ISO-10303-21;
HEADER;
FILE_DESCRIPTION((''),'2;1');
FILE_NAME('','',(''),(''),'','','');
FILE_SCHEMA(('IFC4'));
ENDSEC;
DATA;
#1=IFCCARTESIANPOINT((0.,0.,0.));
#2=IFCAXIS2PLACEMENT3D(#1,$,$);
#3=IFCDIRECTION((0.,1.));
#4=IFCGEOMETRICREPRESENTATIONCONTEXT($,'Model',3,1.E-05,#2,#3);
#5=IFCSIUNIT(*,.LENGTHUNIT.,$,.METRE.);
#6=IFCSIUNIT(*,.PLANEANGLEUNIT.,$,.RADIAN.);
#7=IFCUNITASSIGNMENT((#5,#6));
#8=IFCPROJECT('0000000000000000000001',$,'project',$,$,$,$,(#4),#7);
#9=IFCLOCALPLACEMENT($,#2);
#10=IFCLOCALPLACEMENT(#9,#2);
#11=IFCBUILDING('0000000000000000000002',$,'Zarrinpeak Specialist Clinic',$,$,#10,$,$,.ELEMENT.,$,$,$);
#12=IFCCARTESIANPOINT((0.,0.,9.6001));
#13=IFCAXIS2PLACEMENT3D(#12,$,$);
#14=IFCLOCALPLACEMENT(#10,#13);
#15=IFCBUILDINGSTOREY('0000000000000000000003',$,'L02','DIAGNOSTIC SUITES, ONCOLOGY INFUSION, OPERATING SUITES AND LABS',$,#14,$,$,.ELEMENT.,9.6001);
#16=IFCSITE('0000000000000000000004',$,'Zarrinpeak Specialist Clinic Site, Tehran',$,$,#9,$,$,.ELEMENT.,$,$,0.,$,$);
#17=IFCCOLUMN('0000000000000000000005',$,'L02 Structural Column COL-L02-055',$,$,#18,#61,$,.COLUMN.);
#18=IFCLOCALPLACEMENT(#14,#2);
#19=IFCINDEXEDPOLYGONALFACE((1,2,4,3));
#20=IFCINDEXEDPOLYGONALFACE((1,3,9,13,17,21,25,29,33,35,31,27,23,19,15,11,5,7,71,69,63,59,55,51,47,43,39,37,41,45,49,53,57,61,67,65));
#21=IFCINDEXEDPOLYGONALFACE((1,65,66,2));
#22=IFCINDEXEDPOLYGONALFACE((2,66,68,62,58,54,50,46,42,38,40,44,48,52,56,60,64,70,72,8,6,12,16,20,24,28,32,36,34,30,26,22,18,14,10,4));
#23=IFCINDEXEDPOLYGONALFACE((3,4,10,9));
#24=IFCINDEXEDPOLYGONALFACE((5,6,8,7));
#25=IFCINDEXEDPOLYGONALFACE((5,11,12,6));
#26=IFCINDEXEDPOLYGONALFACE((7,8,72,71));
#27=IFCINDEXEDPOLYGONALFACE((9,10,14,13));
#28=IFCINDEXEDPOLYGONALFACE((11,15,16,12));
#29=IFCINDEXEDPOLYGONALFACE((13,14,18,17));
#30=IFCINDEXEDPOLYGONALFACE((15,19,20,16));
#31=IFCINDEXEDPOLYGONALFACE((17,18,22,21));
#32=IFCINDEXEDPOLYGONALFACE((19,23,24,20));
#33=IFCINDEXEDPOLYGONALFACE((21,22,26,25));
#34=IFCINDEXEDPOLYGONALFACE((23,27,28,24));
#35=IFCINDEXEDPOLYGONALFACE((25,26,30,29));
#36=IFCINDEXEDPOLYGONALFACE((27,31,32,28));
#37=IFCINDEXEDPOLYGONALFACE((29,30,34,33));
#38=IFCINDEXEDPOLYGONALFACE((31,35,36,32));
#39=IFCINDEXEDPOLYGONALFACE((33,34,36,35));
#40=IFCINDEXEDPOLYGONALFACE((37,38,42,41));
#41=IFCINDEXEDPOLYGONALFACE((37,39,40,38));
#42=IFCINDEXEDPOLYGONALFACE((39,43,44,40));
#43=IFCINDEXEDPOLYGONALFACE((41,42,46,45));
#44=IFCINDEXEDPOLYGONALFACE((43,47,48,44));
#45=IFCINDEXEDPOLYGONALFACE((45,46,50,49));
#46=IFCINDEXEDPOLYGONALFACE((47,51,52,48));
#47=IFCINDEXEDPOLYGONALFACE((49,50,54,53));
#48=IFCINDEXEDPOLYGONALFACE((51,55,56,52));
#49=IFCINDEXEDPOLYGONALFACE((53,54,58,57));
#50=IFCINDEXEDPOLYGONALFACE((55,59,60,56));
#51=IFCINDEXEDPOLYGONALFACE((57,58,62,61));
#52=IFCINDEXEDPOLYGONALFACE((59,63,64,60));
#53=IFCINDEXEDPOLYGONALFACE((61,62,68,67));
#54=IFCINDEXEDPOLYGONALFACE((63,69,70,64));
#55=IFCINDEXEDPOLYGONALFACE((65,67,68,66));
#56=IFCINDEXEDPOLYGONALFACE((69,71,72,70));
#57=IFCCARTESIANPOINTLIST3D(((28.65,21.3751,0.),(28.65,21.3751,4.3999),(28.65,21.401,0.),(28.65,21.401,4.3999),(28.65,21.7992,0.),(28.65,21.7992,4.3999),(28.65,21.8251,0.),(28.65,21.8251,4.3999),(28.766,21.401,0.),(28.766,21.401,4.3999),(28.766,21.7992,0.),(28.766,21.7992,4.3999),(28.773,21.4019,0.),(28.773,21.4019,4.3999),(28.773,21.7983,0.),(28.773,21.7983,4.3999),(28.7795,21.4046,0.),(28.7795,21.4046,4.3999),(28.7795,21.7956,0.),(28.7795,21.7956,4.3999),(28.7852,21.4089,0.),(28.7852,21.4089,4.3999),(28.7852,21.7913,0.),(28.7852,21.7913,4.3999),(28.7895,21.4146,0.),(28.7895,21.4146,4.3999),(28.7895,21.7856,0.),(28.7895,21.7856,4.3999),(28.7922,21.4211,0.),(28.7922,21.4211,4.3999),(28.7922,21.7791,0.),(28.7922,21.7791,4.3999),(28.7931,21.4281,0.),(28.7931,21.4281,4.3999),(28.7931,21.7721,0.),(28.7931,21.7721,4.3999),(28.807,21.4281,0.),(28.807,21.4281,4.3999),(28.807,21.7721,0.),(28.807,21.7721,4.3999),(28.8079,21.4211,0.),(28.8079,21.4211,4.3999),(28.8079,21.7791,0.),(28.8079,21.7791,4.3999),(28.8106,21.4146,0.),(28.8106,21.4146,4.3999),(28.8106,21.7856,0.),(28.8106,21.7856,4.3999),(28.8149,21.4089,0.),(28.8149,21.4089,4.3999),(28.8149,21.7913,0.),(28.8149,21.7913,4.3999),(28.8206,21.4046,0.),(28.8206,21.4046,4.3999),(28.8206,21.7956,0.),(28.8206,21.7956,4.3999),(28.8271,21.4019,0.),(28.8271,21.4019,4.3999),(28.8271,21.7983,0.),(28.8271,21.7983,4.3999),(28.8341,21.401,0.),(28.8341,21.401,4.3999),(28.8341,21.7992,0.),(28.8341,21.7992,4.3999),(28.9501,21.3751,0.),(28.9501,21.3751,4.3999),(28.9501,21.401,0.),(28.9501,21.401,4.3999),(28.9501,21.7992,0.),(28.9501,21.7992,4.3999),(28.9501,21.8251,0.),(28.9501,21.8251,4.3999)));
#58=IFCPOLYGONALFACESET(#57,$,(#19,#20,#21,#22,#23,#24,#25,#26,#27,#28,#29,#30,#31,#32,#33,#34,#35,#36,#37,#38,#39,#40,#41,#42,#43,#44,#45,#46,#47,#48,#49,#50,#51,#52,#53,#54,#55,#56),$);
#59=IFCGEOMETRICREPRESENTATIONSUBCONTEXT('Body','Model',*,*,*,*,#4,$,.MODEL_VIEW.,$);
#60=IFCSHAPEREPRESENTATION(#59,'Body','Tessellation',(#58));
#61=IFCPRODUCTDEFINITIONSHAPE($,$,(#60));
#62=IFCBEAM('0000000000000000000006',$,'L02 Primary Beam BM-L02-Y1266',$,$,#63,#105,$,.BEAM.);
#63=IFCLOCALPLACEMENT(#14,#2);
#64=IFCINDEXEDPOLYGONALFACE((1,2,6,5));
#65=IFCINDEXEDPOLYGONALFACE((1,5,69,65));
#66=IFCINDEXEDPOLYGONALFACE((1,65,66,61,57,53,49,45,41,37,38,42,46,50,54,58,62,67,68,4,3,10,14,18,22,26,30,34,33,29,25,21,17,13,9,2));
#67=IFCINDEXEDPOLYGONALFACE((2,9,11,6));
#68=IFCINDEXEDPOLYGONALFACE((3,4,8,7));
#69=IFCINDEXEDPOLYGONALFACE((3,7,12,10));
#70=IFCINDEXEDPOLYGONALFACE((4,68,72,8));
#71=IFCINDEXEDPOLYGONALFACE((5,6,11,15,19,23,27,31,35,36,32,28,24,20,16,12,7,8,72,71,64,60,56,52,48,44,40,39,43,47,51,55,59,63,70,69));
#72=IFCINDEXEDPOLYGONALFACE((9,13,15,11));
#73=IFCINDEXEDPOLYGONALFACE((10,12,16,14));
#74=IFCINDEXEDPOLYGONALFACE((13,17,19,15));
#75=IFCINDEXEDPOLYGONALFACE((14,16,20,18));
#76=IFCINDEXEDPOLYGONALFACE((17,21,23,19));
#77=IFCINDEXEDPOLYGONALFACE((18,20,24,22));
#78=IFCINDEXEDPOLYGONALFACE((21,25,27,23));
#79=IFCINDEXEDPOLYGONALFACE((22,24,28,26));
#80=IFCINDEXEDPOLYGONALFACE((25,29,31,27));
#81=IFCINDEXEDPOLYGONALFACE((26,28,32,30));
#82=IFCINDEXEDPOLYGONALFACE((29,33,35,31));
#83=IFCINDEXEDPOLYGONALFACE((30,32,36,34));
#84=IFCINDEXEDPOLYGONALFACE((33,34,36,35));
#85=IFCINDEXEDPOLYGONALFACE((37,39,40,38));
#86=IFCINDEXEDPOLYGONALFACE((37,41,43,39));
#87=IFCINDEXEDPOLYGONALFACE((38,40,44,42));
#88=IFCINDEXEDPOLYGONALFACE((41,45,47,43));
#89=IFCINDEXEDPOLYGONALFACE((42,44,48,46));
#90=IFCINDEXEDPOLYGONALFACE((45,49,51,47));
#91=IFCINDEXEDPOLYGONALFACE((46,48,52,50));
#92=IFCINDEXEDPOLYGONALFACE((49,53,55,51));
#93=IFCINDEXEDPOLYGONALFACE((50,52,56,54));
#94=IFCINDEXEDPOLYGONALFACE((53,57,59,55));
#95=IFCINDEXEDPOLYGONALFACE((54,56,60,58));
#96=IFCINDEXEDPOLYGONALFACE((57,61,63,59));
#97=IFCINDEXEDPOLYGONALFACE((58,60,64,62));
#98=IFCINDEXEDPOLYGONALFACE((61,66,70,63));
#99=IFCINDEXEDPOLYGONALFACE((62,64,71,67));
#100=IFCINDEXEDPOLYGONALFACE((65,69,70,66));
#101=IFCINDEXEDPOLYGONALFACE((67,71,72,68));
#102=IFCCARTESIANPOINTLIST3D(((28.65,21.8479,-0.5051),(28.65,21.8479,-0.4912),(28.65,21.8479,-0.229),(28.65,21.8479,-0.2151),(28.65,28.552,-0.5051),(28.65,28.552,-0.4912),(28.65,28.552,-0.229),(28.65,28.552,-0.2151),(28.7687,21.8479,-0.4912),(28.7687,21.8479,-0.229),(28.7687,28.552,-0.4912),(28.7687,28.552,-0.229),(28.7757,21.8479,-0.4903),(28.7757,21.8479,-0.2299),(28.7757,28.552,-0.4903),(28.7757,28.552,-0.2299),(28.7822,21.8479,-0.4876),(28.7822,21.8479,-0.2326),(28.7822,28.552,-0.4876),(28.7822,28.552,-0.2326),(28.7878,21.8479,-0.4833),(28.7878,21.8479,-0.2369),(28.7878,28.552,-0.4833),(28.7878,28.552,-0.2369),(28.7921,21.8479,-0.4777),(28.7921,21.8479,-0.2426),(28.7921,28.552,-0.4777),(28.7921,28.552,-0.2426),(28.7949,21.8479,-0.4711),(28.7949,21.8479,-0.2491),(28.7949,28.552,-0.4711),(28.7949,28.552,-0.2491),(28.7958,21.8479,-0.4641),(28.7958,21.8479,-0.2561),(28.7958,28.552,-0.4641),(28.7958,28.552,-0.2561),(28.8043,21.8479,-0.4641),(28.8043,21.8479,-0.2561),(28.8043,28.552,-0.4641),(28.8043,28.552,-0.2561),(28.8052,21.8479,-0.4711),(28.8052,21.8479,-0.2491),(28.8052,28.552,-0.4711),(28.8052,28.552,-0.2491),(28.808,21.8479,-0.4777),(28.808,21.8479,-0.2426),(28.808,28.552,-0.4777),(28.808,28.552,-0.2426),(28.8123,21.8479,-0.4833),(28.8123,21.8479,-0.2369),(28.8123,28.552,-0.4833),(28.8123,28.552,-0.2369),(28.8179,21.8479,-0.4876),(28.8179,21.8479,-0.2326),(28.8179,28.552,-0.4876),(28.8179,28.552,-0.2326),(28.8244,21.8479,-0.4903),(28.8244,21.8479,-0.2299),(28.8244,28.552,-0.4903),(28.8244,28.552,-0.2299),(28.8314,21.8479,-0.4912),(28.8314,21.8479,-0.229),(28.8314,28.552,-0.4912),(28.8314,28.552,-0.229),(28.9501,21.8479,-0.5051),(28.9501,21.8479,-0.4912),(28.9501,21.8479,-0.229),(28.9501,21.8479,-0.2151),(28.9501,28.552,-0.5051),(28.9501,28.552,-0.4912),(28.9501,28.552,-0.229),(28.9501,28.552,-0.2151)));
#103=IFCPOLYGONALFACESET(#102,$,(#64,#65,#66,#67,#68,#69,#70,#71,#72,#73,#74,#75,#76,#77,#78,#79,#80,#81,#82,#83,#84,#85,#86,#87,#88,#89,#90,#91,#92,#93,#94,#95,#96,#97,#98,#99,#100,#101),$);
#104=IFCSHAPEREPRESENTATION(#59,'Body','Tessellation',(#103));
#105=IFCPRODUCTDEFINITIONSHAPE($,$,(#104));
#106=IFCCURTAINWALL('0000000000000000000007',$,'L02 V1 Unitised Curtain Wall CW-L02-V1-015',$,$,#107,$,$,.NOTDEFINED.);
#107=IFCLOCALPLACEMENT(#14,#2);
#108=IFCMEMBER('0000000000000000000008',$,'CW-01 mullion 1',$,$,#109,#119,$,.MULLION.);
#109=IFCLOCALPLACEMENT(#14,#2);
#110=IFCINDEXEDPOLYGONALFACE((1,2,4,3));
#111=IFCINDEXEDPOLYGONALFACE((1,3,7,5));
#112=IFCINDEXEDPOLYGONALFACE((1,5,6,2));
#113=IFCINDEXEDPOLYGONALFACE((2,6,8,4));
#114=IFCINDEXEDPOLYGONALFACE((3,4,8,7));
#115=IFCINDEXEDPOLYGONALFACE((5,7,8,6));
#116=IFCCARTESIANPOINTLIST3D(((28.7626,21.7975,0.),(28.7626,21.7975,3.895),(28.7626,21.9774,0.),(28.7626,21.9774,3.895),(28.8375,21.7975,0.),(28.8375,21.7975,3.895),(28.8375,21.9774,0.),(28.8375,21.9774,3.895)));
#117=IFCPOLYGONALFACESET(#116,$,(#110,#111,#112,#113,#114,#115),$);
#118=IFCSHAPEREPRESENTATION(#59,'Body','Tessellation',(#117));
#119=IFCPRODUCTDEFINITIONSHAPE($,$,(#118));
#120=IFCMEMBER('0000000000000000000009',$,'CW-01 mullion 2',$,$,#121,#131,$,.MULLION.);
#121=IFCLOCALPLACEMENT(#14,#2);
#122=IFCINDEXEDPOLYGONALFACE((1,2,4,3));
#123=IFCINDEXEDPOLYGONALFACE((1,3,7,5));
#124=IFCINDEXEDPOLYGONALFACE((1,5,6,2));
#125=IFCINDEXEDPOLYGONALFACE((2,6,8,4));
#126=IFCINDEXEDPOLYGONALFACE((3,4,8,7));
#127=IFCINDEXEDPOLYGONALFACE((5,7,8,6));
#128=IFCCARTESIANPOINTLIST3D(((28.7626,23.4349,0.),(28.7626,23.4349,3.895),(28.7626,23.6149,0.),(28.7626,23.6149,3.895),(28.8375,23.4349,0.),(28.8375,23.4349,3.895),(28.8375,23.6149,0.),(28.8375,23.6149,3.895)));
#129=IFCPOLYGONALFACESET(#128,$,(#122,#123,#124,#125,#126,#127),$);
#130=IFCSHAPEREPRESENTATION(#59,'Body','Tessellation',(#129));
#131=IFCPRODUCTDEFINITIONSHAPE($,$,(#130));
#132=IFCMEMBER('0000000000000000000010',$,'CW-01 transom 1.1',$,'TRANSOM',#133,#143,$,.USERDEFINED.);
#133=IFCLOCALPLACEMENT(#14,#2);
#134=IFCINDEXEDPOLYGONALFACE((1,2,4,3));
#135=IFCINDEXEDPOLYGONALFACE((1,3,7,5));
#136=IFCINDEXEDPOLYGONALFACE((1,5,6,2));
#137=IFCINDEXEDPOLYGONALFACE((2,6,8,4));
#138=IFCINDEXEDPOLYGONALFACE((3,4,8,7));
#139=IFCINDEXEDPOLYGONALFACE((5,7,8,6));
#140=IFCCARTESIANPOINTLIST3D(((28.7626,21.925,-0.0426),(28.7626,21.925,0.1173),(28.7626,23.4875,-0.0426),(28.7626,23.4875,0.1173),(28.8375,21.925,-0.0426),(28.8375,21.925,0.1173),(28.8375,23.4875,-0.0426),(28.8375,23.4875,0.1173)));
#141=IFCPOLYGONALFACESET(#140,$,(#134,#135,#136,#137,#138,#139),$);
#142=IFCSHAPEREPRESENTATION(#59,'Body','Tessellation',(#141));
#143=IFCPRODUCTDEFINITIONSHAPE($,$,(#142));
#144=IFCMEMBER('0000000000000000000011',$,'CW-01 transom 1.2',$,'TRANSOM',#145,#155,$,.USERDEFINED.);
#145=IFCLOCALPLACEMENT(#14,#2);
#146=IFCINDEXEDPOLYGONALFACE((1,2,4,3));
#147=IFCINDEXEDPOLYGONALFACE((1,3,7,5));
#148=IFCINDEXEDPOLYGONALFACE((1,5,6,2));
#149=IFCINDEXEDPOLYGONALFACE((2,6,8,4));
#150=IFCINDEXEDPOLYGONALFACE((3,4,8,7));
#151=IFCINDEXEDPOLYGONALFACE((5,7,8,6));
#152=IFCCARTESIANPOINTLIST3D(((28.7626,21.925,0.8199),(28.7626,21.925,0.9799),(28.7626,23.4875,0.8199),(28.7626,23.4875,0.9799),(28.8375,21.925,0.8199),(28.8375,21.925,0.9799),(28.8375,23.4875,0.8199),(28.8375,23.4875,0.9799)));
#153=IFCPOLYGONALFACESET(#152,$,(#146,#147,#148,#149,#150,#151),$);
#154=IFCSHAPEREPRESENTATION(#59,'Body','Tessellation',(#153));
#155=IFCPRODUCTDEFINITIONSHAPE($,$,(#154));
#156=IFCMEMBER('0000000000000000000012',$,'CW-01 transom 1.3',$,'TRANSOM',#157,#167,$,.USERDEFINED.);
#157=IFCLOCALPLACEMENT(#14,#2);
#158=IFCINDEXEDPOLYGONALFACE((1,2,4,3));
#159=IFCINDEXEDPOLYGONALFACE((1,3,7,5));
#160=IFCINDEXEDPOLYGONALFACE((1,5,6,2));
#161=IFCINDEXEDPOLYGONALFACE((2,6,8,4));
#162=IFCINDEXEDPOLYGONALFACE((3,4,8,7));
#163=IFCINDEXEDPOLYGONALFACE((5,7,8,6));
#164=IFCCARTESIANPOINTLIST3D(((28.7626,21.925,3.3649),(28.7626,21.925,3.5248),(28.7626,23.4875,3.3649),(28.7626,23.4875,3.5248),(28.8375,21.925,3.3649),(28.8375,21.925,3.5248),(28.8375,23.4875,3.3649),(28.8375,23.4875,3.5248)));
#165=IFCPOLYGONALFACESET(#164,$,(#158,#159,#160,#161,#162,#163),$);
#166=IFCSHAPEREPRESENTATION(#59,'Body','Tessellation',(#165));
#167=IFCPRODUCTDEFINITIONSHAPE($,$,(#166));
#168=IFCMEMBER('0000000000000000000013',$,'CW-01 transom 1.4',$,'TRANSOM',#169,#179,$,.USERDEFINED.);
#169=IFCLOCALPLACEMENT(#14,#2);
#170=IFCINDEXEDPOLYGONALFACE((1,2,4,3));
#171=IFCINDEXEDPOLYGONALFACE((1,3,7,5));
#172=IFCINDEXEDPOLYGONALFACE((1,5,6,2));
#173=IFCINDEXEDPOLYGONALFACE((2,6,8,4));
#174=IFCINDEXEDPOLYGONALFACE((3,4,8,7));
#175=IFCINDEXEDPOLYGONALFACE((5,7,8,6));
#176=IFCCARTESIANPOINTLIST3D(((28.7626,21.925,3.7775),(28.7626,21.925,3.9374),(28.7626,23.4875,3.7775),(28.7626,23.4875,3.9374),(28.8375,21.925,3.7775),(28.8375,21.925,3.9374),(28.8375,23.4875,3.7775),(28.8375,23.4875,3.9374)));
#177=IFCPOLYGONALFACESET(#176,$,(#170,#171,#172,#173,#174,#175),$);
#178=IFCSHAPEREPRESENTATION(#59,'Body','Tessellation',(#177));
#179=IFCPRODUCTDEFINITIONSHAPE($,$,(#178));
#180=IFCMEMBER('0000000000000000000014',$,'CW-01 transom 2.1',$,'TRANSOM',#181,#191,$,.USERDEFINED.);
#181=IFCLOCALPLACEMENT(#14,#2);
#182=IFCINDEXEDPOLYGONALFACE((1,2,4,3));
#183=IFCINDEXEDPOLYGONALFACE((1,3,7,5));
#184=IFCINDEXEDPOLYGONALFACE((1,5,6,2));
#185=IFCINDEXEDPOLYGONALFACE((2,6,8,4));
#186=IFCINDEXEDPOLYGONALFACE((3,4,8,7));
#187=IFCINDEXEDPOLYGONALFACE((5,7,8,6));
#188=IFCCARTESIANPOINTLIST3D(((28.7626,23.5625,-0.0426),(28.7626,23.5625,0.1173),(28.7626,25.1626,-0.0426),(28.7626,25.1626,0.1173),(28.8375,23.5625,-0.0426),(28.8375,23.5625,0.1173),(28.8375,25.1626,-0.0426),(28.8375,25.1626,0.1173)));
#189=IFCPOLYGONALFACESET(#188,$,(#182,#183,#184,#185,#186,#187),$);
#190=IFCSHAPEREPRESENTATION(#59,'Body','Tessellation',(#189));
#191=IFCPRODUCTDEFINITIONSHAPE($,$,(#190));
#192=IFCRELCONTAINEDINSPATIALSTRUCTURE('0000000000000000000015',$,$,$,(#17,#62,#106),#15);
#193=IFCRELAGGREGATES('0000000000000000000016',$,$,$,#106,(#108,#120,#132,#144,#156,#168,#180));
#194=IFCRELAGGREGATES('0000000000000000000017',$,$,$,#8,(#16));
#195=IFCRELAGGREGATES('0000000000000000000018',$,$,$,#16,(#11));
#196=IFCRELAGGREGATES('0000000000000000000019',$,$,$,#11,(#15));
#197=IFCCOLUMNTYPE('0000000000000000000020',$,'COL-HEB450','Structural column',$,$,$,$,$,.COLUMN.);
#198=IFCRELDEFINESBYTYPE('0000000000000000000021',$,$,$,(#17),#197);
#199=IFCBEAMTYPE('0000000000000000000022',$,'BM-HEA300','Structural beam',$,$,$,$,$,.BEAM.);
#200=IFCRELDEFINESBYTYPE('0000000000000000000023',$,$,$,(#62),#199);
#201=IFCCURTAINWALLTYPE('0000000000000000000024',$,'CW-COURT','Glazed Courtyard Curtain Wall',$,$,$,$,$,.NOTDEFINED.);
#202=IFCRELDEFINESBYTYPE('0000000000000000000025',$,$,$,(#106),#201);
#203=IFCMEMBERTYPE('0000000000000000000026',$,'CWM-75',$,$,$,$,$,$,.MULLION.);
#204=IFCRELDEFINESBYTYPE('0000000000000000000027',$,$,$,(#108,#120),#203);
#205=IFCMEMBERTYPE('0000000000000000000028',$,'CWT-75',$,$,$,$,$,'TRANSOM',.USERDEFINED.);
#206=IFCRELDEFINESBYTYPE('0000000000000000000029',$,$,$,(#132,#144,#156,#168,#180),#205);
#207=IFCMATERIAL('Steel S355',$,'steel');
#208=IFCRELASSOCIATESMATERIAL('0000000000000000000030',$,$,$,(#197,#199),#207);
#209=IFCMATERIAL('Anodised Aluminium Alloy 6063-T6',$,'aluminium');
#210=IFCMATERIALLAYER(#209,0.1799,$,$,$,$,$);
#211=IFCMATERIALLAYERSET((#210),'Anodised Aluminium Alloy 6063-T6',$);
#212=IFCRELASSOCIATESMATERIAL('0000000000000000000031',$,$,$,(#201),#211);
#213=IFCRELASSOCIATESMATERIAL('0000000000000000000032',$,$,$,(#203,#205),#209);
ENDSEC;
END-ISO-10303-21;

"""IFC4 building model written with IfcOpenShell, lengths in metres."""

from ifc_helpers import new_model, si_unit, direction, frame, origin, origin_2d, place, context, subcontext, project, spatial, rectangle, i_section, extrude, material, layer, layer_set, material_profile, profile_set, type_object, element, aggregate, save


model = new_model("IFC4")

# Units and contexts
model_context = context("Model", 3, precision=1e-05, world=origin(), true_north=direction((0.0, 1.0)))
body_context = subcontext(model_context, "Body", "Model", "MODEL_VIEW")
ifc_project = project(units=[si_unit("LENGTHUNIT", "METRE"), si_unit("PLANEANGLEUNIT", "RADIAN")], contexts=[model_context])

# Site, building, storey
site_placement = place(None, origin())
site = spatial("IfcSite", under=ifc_project, at=site_placement, Name="Zarrinpeak Specialist Clinic Site, Tehran", CompositionType="ELEMENT", RefElevation=0.0)
building_placement = place(site_placement, origin())
building = spatial("IfcBuilding", under=site, at=building_placement, Name="Zarrinpeak Specialist Clinic", CompositionType="ELEMENT")
storey_placement = place(building_placement, frame((0.0, 0.0, 9.6001)))
storey = spatial("IfcBuildingStorey", under=building, at=storey_placement, Name="L02", Description="DIAGNOSTIC SUITES, ONCOLOGY INFUSION, OPERATING SUITES AND LABS", CompositionType="ELEMENT", Elevation=9.6001)

# Column
ifc_material_1 = material(Name="Steel S355", Category="steel")
ifc_material_profile_1 = material_profile(ifc_material_1, i_section(OverallWidth=0.3, OverallDepth=0.45, WebThickness=0.0139, FlangeThickness=0.0259, FilletRadius=0.0271, at=origin_2d()), Name="HEB 450")
ifc_profile_set_1 = profile_set([ifc_material_profile_1], Name="Steel S355")
column_type = type_object("IfcColumnType", Name="COL-HEB450", Description="Structural column", PredefinedType="COLUMN", material=ifc_profile_set_1)
column_placement = place(storey_placement, frame((28.8, 21.6001, 0.0), z_axis=(0.0, 0.0, 1.0), x_axis=(1.0, 0.0, 0.0)))
element("IfcColumn", 1, at=column_placement, inside=storey, type_object=column_type, Name="L02 Structural Column COL-L02-055", PredefinedType="COLUMN", context=body_context, shape_type="SweptSolid", body=[
    extrude(i_section(OverallWidth=0.3, OverallDepth=0.45, WebThickness=0.0139, FlangeThickness=0.0259, FilletRadius=0.0271, at=origin_2d()), origin(), (0.0, 0.0, 1.0), 4.3999),
])

# Beam
ifc_material_profile_2 = material_profile(ifc_material_1, i_section(OverallWidth=0.3, OverallDepth=0.29, WebThickness=0.0085, FlangeThickness=0.0139, FilletRadius=0.0271, at=origin_2d()), Name="HEA 300")
ifc_profile_set_2 = profile_set([ifc_material_profile_2], Name="Steel S355")
beam_type = type_object("IfcBeamType", Name="BM-HEA300", Description="Structural beam", PredefinedType="BEAM", material=ifc_profile_set_2)
beam_placement = place(storey_placement, frame((28.8, 21.8479, -0.3601), z_axis=(0.0, 1.0, 0.0), x_axis=(-1.0, 0.0, 0.0)))
element("IfcBeam", 2, at=beam_placement, inside=storey, type_object=beam_type, Name="L02 Primary Beam BM-L02-Y1266", PredefinedType="BEAM", context=body_context, shape_type="SweptSolid", body=[
    extrude(i_section(OverallWidth=0.3, OverallDepth=0.29, WebThickness=0.0085, FlangeThickness=0.0139, FilletRadius=0.0271, at=origin_2d()), origin(), (0.0, 0.0, 1.0), 6.7041),
])

# Curtain wall, members
ifc_material_2 = material(Name="Anodised Aluminium Alloy 6063-T6", Category="aluminium")
ifc_layer_1 = layer(ifc_material_2, 0.1799)
ifc_layer_set_1 = layer_set([ifc_layer_1], Name="Anodised Aluminium Alloy 6063-T6")
curtain_wall_type = type_object("IfcCurtainWallType", Name="CW-COURT", Description="Glazed Courtyard Curtain Wall", PredefinedType="NOTDEFINED", material=ifc_layer_set_1)
curtain_wall_placement = place(storey_placement, origin())
curtain_wall = element("IfcCurtainWall", 3, at=curtain_wall_placement, inside=storey, type_object=curtain_wall_type, Name="L02 V1 Unitised Curtain Wall CW-L02-V1-015", PredefinedType="NOTDEFINED")
ifc_material_profile_3 = material_profile(ifc_material_2, rectangle(XDim=0.075, YDim=0.1799, at=origin_2d()), Name="ALU 75x180")
ifc_profile_set_3 = profile_set([ifc_material_profile_3], Name="Anodised Aluminium Alloy 6063-T6")
member_type_1 = type_object("IfcMemberType", Name="CWM-75", PredefinedType="MULLION", material=ifc_profile_set_3)
member_1_placement = place(storey_placement, frame((28.8, 21.8875, 0.0), z_axis=(0.0, 0.0, 1.0), x_axis=(-1.0, 0.0, 0.0)))
member_1 = element("IfcMember", 4, at=member_1_placement, type_object=member_type_1, Name="CW-01 mullion 1", PredefinedType="MULLION", context=body_context, shape_type="SweptSolid", body=[
    extrude(rectangle(XDim=0.075, YDim=0.1799, at=origin_2d()), origin(), (0.0, 0.0, 1.0), 3.895),
])
member_2_placement = place(storey_placement, frame((28.8, 23.5249, 0.0), z_axis=(0.0, 0.0, 1.0), x_axis=(-1.0, 0.0, 0.0)))
member_2 = element("IfcMember", 5, at=member_2_placement, type_object=member_type_1, Name="CW-01 mullion 2", PredefinedType="MULLION", context=body_context, shape_type="SweptSolid", body=[
    extrude(rectangle(XDim=0.075, YDim=0.1799, at=origin_2d()), origin(), (0.0, 0.0, 1.0), 3.895),
])
ifc_material_profile_4 = material_profile(ifc_material_2, rectangle(XDim=0.075, YDim=0.1599, at=origin_2d()), Name="ALU 75x160")
ifc_profile_set_4 = profile_set([ifc_material_profile_4], Name="Anodised Aluminium Alloy 6063-T6")
member_type_2 = type_object("IfcMemberType", Name="CWT-75", ElementType="TRANSOM", PredefinedType="USERDEFINED", material=ifc_profile_set_4)
member_3_placement = place(storey_placement, frame((28.8, 21.925, 0.0374), z_axis=(0.0, 1.0, 0.0), x_axis=(-1.0, 0.0, 0.0)))
member_3 = element("IfcMember", 6, at=member_3_placement, type_object=member_type_2, Name="CW-01 transom 1.1", ObjectType="TRANSOM", PredefinedType="USERDEFINED", context=body_context, shape_type="SweptSolid", body=[
    extrude(rectangle(XDim=0.075, YDim=0.1599, at=origin_2d()), origin(), (0.0, 0.0, 1.0), 1.5625),
])
member_4_placement = place(storey_placement, frame((28.8, 21.925, 0.8999), z_axis=(0.0, 1.0, 0.0), x_axis=(-1.0, 0.0, 0.0)))
member_4 = element("IfcMember", 7, at=member_4_placement, type_object=member_type_2, Name="CW-01 transom 1.2", ObjectType="TRANSOM", PredefinedType="USERDEFINED", context=body_context, shape_type="SweptSolid", body=[
    extrude(rectangle(XDim=0.075, YDim=0.1599, at=origin_2d()), origin(), (0.0, 0.0, 1.0), 1.5625),
])
member_5_placement = place(storey_placement, frame((28.8, 21.925, 3.4448), z_axis=(0.0, 1.0, 0.0), x_axis=(-1.0, 0.0, 0.0)))
member_5 = element("IfcMember", 8, at=member_5_placement, type_object=member_type_2, Name="CW-01 transom 1.3", ObjectType="TRANSOM", PredefinedType="USERDEFINED", context=body_context, shape_type="SweptSolid", body=[
    extrude(rectangle(XDim=0.075, YDim=0.1599, at=origin_2d()), origin(), (0.0, 0.0, 1.0), 1.5625),
])
member_6_placement = place(storey_placement, frame((28.8, 21.925, 3.8574), z_axis=(0.0, 1.0, 0.0), x_axis=(-1.0, 0.0, 0.0)))
member_6 = element("IfcMember", 9, at=member_6_placement, type_object=member_type_2, Name="CW-01 transom 1.4", ObjectType="TRANSOM", PredefinedType="USERDEFINED", context=body_context, shape_type="SweptSolid", body=[
    extrude(rectangle(XDim=0.075, YDim=0.1599, at=origin_2d()), origin(), (0.0, 0.0, 1.0), 1.5625),
])
member_7_placement = place(storey_placement, frame((28.8, 23.5625, 0.0374), z_axis=(0.0, 1.0, 0.0), x_axis=(-1.0, 0.0, 0.0)))
member_7 = element("IfcMember", 10, at=member_7_placement, type_object=member_type_2, Name="CW-01 transom 2.1", ObjectType="TRANSOM", PredefinedType="USERDEFINED", context=body_context, shape_type="SweptSolid", body=[
    extrude(rectangle(XDim=0.075, YDim=0.1599, at=origin_2d()), origin(), (0.0, 0.0, 1.0), 1.6001),
])
aggregate(curtain_wall, [member_1, member_2, member_3, member_4, member_5, member_6, member_7])

save(model, "model.ifc")
